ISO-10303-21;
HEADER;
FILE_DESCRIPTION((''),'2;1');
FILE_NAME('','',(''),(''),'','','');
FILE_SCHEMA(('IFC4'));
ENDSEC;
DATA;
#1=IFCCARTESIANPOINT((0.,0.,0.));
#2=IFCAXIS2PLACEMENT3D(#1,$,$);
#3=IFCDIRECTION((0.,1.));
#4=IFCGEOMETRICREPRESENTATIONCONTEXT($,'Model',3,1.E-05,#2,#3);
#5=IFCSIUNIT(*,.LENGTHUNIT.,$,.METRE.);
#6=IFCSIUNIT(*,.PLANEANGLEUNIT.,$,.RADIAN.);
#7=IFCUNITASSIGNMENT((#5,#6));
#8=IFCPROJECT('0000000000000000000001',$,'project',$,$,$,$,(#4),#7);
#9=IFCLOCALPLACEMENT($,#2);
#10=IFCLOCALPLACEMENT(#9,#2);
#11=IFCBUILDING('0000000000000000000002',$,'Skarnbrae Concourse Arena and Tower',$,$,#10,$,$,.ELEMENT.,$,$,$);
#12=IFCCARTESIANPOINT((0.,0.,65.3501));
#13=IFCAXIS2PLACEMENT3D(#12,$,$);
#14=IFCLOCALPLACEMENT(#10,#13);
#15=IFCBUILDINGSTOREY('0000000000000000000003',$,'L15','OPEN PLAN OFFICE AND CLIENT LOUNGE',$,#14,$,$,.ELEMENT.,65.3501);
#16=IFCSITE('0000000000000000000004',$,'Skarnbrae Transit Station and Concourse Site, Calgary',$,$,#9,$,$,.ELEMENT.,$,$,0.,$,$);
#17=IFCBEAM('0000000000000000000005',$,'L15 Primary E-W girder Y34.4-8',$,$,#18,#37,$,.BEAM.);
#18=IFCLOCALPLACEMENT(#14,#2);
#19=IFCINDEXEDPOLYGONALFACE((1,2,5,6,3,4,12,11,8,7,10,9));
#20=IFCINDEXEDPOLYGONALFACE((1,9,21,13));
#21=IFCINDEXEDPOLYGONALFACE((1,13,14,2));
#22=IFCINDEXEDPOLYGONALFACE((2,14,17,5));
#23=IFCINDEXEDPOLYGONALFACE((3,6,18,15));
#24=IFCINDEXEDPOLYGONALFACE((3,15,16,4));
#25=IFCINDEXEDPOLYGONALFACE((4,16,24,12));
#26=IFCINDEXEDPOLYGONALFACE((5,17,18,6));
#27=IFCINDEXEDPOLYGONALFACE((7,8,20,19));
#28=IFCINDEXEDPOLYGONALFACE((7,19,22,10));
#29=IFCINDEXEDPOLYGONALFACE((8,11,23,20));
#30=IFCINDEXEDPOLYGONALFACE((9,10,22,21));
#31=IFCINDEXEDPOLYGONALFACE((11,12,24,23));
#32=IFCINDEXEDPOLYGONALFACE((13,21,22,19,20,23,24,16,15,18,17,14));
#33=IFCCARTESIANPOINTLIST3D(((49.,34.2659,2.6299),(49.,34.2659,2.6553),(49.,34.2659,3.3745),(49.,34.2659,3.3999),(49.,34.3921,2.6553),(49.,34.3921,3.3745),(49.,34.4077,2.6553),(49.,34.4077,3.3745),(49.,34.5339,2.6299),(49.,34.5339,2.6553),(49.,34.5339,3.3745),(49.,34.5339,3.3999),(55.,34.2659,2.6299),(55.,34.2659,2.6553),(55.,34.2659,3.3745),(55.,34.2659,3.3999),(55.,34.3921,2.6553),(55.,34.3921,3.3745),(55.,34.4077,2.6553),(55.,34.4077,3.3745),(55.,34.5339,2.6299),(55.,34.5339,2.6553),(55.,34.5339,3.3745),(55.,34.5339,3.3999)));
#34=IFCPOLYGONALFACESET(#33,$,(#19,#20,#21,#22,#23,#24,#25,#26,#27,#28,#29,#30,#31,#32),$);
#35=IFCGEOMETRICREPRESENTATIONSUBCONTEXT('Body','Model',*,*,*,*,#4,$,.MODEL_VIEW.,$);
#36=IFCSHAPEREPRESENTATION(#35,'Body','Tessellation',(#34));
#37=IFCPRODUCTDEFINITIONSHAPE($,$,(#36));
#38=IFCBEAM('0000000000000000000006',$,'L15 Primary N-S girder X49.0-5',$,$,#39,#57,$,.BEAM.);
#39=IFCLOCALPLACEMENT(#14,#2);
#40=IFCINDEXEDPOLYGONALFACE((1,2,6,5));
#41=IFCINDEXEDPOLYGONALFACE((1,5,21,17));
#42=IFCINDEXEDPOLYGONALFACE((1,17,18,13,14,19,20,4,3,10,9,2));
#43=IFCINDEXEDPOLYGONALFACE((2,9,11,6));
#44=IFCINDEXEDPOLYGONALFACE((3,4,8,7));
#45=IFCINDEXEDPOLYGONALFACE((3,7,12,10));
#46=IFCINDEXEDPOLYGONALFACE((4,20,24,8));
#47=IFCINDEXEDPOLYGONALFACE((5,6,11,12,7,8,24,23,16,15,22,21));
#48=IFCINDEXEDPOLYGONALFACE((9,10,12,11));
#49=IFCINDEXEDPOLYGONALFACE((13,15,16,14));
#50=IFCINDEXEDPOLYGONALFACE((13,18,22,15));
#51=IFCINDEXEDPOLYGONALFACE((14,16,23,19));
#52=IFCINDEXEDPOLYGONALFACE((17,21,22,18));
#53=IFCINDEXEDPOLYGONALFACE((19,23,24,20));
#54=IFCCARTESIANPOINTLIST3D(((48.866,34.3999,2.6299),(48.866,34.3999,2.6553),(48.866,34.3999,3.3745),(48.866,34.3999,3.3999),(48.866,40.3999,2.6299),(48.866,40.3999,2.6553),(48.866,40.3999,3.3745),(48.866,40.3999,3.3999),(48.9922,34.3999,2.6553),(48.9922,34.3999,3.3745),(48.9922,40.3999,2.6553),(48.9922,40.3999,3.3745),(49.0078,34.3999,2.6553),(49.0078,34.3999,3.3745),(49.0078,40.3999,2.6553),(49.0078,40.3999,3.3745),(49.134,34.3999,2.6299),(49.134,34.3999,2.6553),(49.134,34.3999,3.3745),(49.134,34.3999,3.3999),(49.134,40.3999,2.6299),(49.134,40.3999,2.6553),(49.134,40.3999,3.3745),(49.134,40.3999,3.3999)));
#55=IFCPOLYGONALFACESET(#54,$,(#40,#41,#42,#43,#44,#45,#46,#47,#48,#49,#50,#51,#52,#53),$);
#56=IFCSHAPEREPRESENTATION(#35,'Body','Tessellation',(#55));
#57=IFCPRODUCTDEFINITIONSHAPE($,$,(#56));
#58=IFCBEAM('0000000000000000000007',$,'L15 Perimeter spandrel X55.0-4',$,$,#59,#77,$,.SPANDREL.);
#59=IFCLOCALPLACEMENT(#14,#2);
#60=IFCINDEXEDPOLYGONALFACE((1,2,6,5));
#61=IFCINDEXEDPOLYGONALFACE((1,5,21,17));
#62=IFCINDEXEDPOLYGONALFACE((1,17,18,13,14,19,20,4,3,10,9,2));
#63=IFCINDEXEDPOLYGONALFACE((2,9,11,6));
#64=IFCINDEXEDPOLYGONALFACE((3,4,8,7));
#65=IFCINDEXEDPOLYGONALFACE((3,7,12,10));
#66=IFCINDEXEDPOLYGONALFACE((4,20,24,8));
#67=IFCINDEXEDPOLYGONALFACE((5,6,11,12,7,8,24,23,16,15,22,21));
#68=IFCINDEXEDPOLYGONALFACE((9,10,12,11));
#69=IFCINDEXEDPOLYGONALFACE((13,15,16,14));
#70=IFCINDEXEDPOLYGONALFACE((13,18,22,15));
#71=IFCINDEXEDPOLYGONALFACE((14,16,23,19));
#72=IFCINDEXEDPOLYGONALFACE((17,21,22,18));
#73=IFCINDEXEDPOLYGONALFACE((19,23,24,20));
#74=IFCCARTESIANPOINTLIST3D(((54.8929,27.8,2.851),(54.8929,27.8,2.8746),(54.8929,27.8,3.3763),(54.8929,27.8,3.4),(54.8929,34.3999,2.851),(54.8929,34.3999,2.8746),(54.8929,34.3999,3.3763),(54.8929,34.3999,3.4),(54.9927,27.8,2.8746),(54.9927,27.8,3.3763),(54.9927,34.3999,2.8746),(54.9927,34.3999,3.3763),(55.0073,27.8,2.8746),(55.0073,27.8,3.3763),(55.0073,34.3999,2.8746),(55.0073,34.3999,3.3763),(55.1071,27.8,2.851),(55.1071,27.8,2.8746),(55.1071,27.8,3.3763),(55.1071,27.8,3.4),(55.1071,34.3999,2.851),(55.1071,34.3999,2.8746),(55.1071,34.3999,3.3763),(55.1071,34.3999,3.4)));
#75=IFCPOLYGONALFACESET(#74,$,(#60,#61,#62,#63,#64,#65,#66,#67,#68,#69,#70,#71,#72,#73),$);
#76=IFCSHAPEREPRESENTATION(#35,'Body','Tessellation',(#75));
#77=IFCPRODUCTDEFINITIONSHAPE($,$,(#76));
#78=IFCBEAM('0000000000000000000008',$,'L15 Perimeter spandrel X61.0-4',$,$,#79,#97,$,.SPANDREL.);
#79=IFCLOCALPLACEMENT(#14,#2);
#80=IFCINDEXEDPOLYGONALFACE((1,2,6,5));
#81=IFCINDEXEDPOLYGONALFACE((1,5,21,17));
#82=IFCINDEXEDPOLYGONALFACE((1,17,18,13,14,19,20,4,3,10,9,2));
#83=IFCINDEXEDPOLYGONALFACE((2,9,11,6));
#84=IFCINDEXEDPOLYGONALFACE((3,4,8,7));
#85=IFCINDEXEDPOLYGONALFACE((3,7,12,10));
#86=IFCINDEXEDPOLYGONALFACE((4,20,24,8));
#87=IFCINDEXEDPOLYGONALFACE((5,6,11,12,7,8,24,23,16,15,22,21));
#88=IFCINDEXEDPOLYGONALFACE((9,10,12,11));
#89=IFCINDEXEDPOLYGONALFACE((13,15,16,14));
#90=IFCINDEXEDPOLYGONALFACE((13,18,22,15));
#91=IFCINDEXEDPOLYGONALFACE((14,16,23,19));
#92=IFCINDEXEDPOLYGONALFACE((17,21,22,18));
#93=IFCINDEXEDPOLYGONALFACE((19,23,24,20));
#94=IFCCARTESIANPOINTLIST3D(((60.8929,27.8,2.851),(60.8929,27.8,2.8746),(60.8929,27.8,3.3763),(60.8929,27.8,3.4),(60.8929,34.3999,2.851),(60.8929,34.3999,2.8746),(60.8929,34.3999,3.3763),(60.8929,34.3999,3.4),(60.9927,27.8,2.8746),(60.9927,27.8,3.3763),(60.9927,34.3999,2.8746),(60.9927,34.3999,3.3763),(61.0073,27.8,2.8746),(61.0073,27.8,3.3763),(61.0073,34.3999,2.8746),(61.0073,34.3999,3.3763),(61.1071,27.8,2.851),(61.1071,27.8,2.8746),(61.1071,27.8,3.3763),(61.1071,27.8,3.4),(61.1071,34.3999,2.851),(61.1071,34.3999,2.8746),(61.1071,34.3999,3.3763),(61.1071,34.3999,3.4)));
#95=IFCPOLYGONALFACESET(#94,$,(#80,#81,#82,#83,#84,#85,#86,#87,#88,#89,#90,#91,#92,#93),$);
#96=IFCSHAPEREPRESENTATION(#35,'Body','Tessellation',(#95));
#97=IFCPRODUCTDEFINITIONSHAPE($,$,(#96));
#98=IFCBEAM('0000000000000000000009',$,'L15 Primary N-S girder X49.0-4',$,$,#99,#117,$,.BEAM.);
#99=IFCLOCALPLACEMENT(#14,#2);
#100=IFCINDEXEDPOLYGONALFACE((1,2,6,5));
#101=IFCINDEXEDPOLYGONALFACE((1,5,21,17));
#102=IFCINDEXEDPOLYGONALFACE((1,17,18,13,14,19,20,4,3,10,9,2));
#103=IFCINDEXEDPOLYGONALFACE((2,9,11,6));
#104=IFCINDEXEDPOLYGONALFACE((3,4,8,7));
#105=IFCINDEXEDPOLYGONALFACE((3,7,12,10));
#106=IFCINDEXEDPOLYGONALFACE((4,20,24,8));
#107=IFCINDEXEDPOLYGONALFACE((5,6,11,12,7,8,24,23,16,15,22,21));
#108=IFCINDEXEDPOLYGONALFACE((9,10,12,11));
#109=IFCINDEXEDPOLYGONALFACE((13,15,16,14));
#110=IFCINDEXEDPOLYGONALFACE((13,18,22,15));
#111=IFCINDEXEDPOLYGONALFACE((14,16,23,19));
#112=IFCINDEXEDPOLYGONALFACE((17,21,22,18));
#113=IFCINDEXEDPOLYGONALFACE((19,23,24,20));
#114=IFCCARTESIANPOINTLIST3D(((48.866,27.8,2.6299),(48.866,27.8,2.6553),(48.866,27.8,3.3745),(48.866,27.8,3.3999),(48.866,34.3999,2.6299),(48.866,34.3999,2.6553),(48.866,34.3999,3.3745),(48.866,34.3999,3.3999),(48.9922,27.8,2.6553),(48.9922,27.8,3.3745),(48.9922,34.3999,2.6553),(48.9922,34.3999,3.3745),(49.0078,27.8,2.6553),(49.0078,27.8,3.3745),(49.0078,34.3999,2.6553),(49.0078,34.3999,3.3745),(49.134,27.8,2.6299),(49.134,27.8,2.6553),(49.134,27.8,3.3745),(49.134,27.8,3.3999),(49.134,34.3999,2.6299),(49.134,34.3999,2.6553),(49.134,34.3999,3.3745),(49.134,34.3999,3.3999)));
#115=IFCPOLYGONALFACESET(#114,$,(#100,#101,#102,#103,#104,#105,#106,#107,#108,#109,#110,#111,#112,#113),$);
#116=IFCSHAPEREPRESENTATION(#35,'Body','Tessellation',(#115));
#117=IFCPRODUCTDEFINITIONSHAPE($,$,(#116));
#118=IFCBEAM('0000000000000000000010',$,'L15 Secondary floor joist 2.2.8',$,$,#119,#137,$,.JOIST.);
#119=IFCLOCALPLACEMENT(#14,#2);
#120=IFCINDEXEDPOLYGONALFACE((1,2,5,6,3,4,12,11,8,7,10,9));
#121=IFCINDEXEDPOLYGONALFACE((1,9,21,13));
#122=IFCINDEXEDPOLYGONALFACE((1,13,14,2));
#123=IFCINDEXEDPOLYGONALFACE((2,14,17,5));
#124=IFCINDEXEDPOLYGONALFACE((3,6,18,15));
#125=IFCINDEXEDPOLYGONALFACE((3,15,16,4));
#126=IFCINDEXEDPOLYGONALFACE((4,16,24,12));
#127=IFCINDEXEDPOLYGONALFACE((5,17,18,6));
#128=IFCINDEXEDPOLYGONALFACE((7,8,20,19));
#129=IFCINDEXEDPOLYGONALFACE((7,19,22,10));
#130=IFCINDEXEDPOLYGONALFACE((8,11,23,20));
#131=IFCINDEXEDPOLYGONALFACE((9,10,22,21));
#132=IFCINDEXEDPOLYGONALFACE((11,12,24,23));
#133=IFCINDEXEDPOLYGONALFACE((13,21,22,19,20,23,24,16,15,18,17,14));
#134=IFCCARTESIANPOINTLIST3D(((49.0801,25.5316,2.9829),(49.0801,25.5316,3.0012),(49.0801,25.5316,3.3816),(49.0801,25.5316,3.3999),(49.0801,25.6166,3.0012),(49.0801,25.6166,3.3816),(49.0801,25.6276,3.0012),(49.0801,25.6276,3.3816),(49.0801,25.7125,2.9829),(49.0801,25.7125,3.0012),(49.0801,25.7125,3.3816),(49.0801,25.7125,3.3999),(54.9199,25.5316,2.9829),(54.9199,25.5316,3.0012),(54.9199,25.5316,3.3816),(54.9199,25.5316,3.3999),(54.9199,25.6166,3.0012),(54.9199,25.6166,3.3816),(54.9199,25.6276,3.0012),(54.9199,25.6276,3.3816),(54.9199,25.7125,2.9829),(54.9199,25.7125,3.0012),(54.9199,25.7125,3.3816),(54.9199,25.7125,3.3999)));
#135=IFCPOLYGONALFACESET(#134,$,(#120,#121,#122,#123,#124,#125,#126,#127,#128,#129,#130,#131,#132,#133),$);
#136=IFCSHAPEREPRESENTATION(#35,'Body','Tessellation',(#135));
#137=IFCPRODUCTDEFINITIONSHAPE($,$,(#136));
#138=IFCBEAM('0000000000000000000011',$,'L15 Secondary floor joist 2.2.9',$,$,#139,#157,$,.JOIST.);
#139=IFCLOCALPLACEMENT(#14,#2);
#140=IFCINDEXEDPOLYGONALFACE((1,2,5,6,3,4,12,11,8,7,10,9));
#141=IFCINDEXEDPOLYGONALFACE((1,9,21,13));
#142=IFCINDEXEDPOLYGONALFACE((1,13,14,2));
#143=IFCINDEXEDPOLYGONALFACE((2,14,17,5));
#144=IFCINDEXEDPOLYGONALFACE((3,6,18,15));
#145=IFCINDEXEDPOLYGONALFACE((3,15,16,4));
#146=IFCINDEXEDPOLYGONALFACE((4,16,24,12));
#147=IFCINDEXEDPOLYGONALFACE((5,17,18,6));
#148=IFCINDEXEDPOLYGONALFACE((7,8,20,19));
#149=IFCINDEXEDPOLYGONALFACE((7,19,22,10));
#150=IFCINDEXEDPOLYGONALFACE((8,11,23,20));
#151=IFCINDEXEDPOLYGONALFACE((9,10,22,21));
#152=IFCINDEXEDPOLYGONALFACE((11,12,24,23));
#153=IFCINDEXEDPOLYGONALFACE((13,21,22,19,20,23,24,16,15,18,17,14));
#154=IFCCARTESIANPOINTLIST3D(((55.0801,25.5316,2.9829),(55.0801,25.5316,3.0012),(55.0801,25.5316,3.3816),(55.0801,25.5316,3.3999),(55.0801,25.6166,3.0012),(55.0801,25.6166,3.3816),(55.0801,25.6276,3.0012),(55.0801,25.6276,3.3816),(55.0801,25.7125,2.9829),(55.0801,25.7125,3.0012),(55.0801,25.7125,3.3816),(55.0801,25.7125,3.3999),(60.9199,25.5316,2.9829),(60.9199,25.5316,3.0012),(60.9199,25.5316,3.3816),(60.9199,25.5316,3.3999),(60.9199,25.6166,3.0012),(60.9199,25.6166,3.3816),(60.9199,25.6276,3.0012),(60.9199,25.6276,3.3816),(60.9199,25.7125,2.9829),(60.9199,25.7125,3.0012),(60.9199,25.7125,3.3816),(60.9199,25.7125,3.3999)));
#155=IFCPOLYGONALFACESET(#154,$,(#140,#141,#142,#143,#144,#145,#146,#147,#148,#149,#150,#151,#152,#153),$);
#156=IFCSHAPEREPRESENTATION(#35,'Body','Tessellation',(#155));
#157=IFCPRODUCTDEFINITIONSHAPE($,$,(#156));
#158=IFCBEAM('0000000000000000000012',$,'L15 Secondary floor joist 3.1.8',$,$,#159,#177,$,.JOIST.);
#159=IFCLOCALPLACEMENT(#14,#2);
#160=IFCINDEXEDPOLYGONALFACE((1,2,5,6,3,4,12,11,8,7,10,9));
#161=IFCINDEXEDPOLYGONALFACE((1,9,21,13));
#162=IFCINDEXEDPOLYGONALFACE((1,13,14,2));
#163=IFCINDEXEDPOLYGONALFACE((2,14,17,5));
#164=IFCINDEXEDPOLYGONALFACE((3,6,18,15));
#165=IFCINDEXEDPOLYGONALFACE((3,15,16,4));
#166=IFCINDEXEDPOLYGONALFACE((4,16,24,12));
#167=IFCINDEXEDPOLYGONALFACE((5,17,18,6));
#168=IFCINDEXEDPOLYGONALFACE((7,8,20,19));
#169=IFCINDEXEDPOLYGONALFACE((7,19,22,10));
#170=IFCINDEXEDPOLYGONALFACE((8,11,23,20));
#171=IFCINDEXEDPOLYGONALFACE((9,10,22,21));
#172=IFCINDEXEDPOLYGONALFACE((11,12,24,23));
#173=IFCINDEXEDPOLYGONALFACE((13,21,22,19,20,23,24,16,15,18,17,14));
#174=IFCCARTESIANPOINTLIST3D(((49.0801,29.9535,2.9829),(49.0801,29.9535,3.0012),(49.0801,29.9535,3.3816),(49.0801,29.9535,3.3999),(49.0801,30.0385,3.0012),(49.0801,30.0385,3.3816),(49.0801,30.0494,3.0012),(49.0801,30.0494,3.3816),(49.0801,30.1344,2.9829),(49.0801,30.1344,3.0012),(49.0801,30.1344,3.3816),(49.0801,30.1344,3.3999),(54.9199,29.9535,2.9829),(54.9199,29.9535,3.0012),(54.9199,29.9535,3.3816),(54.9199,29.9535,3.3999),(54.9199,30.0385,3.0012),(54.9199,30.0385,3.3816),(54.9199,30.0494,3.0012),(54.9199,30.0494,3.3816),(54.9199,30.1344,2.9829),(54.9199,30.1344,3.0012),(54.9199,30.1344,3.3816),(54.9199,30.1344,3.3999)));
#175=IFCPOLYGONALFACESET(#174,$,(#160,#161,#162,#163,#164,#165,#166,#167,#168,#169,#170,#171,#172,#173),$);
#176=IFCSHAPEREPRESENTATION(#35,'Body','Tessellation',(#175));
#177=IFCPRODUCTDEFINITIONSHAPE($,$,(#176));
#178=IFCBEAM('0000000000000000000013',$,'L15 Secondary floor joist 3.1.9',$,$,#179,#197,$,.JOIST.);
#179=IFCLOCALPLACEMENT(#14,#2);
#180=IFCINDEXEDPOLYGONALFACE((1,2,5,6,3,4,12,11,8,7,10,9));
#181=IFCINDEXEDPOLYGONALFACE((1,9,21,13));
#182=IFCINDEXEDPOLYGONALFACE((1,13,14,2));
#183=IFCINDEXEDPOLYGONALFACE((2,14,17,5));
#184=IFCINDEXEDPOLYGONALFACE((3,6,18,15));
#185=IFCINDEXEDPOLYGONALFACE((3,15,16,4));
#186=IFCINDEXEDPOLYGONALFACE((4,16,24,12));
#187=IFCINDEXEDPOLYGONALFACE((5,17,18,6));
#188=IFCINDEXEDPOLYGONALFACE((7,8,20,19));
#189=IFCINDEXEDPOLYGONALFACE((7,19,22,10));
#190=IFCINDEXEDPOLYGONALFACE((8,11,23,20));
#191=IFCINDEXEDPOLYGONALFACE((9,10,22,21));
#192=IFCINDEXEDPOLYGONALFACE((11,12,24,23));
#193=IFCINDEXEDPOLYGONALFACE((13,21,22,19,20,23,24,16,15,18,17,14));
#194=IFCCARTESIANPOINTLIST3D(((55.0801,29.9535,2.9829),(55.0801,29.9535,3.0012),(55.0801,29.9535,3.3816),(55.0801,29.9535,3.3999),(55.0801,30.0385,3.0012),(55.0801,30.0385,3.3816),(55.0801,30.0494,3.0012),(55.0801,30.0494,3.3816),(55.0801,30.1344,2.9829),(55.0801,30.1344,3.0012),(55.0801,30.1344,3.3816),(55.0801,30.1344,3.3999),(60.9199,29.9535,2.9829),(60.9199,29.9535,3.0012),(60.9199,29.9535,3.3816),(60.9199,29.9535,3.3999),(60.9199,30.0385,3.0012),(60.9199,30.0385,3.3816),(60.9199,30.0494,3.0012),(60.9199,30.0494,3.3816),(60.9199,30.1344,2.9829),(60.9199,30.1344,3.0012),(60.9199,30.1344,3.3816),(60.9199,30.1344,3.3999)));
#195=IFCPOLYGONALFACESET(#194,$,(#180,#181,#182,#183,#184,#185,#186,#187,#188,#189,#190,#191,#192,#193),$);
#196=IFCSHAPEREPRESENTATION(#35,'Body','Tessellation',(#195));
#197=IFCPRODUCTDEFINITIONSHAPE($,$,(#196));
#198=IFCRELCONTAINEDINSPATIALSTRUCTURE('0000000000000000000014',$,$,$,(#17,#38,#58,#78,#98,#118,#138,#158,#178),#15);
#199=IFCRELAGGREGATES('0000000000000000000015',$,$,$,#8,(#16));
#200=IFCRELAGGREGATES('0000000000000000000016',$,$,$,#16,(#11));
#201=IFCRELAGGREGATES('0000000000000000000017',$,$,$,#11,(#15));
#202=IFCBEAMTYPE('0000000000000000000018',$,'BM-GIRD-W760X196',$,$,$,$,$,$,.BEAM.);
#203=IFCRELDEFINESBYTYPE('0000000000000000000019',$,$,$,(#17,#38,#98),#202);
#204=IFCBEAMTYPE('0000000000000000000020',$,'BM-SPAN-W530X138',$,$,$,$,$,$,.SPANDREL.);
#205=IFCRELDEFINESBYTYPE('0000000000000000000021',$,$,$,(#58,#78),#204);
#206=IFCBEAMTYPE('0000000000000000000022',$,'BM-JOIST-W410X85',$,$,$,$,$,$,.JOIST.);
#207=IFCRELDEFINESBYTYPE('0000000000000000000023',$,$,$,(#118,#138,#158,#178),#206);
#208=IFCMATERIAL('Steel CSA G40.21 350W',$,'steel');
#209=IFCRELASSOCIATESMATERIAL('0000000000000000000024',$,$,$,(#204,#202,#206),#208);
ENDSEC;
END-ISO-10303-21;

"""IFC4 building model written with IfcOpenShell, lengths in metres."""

from ifc_helpers import new_model, si_unit, direction, frame, origin, origin_2d, place, context, subcontext, project, spatial, i_section, extrude, source, transform, mapped, material, material_profile, profile_set, type_object, element, save


model = new_model("IFC4")

# Units and contexts
model_context = context("Model", 3, precision=1e-05, world=origin(), true_north=direction((0.0, 1.0)))
body_context = subcontext(model_context, "Body", "Model", "MODEL_VIEW")
ifc_project = project(units=[si_unit("LENGTHUNIT", "METRE"), si_unit("PLANEANGLEUNIT", "RADIAN")], contexts=[model_context])

# Site, building, storey
site_placement = place(None, origin())
site = spatial("IfcSite", under=ifc_project, at=site_placement, Name="Skarnbrae Transit Station and Concourse Site, Calgary", CompositionType="ELEMENT", RefElevation=0.0)
building_placement = place(site_placement, origin())
building = spatial("IfcBuilding", under=site, at=building_placement, Name="Skarnbrae Concourse Arena and Tower", CompositionType="ELEMENT")
storey_placement = place(building_placement, frame((0.0, 0.0, 65.3501)))
storey = spatial("IfcBuildingStorey", under=building, at=storey_placement, Name="L15", Description="OPEN PLAN OFFICE AND CLIENT LOUNGE", CompositionType="ELEMENT", Elevation=65.3501)

# Shared definitions
ifc_material_1 = material(Name="Steel CSA G40.21 350W", Category="steel")

# Beams
ifc_material_profile_1 = material_profile(ifc_material_1, i_section(OverallWidth=0.2141, OverallDepth=0.5491, WebThickness=0.0146, FlangeThickness=0.0237, at=origin_2d()), Name="W530X138")
ifc_profile_set_1 = profile_set([ifc_material_profile_1], Name="Steel CSA G40.21 350W")
beam_type_1 = type_object("IfcBeamType", Name="BM-SPAN-W530X138", PredefinedType="SPANDREL", material=ifc_profile_set_1)
ifc_material_profile_2 = material_profile(ifc_material_1, i_section(OverallWidth=0.2681, OverallDepth=0.77, WebThickness=0.0156, FlangeThickness=0.0254, at=origin_2d()), Name="W760X196")
ifc_profile_set_2 = profile_set([ifc_material_profile_2], Name="Steel CSA G40.21 350W")
beam_type_2 = type_object("IfcBeamType", Name="BM-GIRD-W760X196", PredefinedType="BEAM", material=ifc_profile_set_2)
shared_shape_1 = source(origin(), body_context, "Body", "SweptSolid", [
    extrude(i_section(OverallWidth=0.2681, OverallDepth=0.77, WebThickness=0.0156, FlangeThickness=0.0254, at=origin_2d()), origin(), (0.0, 0.0, 1.0), 6.0),
])
for number, where, z_axis, x_axis, name in (
    (1, (49.0, 34.3999, 3.0149), (1.0, 0.0, 0.0), (0.0, 1.0, 0.0), "L15 Primary E-W girder Y34.4-8"),
    (2, (49.0, 34.3999, 3.0149), (0.0, 1.0, 0.0), (-1.0, 0.0, 0.0), "L15 Primary N-S girder X49.0-5"),
):
    element("IfcBeam", number, at=place(storey_placement, frame(where, z_axis=z_axis, x_axis=x_axis)), inside=storey, type_object=beam_type_2, Name=name, PredefinedType="BEAM", context=body_context, shape_type="MappedRepresentation", body=[
        mapped(shared_shape_1, transform((0.0, 0.0, 0.0))),
    ])
shared_shape_2 = source(origin(), body_context, "Body", "SweptSolid", [
    extrude(i_section(OverallWidth=0.2141, OverallDepth=0.5491, WebThickness=0.0146, FlangeThickness=0.0237, at=origin_2d()), origin(), (0.0, 0.0, 1.0), 6.5999),
])
for number, where, z_axis, x_axis, name in (
    (3, (55.0, 27.8, 3.1255), (0.0, 1.0, 0.0), (-1.0, 0.0, 0.0), "L15 Perimeter spandrel X55.0-4"),
    (4, (61.0, 27.8, 3.1255), (0.0, 1.0, 0.0), (-1.0, 0.0, 0.0), "L15 Perimeter spandrel X61.0-4"),
):
    element("IfcBeam", number, at=place(storey_placement, frame(where, z_axis=z_axis, x_axis=x_axis)), inside=storey, type_object=beam_type_1, Name=name, PredefinedType="SPANDREL", context=body_context, shape_type="MappedRepresentation", body=[
        mapped(shared_shape_2, transform((0.0, 0.0, 0.0))),
    ])
shared_shape_3 = source(origin(), body_context, "Body", "SweptSolid", [
    extrude(i_section(OverallWidth=0.2681, OverallDepth=0.77, WebThickness=0.0156, FlangeThickness=0.0254, at=origin_2d()), origin(), (0.0, 0.0, 1.0), 6.5999),
])
beam_placement = place(storey_placement, frame((49.0, 27.8, 3.0149), z_axis=(0.0, 1.0, 0.0), x_axis=(-1.0, 0.0, 0.0)))
element("IfcBeam", 5, at=beam_placement, inside=storey, type_object=beam_type_2, Name="L15 Primary N-S girder X49.0-4", PredefinedType="BEAM", context=body_context, shape_type="MappedRepresentation", body=[
    mapped(shared_shape_3, transform((0.0, 0.0, 0.0))),
])
ifc_material_profile_3 = material_profile(ifc_material_1, i_section(OverallWidth=0.1809, OverallDepth=0.417, WebThickness=0.011, FlangeThickness=0.0183, at=origin_2d()), Name="W410X85")
ifc_profile_set_3 = profile_set([ifc_material_profile_3], Name="Steel CSA G40.21 350W")
beam_type_3 = type_object("IfcBeamType", Name="BM-JOIST-W410X85", PredefinedType="JOIST", material=ifc_profile_set_3)
shared_shape_4 = source(origin(), body_context, "Body", "SweptSolid", [
    extrude(i_section(OverallWidth=0.1809, OverallDepth=0.417, WebThickness=0.011, FlangeThickness=0.0183, at=origin_2d()), origin(), (0.0, 0.0, 1.0), 5.8398),
])
for number, where, z_axis, x_axis, name in (
    (6, (49.0801, 25.6221, 3.1914), (1.0, 0.0, 0.0), (0.0, 1.0, 0.0), "L15 Secondary floor joist 2.2.8"),
    (7, (55.0801, 25.6221, 3.1914), (1.0, 0.0, 0.0), (0.0, 1.0, 0.0), "L15 Secondary floor joist 2.2.9"),
    (8, (49.0801, 30.0439, 3.1914), (1.0, 0.0, 0.0), (0.0, 1.0, 0.0), "L15 Secondary floor joist 3.1.8"),
    (9, (55.0801, 30.0439, 3.1914), (1.0, 0.0, 0.0), (0.0, 1.0, 0.0), "L15 Secondary floor joist 3.1.9"),
):
    element("IfcBeam", number, at=place(storey_placement, frame(where, z_axis=z_axis, x_axis=x_axis)), inside=storey, type_object=beam_type_3, Name=name, PredefinedType="JOIST", context=body_context, shape_type="MappedRepresentation", body=[
        mapped(shared_shape_4, transform((0.0, 0.0, 0.0))),
    ])

save(model, "model.ifc")
